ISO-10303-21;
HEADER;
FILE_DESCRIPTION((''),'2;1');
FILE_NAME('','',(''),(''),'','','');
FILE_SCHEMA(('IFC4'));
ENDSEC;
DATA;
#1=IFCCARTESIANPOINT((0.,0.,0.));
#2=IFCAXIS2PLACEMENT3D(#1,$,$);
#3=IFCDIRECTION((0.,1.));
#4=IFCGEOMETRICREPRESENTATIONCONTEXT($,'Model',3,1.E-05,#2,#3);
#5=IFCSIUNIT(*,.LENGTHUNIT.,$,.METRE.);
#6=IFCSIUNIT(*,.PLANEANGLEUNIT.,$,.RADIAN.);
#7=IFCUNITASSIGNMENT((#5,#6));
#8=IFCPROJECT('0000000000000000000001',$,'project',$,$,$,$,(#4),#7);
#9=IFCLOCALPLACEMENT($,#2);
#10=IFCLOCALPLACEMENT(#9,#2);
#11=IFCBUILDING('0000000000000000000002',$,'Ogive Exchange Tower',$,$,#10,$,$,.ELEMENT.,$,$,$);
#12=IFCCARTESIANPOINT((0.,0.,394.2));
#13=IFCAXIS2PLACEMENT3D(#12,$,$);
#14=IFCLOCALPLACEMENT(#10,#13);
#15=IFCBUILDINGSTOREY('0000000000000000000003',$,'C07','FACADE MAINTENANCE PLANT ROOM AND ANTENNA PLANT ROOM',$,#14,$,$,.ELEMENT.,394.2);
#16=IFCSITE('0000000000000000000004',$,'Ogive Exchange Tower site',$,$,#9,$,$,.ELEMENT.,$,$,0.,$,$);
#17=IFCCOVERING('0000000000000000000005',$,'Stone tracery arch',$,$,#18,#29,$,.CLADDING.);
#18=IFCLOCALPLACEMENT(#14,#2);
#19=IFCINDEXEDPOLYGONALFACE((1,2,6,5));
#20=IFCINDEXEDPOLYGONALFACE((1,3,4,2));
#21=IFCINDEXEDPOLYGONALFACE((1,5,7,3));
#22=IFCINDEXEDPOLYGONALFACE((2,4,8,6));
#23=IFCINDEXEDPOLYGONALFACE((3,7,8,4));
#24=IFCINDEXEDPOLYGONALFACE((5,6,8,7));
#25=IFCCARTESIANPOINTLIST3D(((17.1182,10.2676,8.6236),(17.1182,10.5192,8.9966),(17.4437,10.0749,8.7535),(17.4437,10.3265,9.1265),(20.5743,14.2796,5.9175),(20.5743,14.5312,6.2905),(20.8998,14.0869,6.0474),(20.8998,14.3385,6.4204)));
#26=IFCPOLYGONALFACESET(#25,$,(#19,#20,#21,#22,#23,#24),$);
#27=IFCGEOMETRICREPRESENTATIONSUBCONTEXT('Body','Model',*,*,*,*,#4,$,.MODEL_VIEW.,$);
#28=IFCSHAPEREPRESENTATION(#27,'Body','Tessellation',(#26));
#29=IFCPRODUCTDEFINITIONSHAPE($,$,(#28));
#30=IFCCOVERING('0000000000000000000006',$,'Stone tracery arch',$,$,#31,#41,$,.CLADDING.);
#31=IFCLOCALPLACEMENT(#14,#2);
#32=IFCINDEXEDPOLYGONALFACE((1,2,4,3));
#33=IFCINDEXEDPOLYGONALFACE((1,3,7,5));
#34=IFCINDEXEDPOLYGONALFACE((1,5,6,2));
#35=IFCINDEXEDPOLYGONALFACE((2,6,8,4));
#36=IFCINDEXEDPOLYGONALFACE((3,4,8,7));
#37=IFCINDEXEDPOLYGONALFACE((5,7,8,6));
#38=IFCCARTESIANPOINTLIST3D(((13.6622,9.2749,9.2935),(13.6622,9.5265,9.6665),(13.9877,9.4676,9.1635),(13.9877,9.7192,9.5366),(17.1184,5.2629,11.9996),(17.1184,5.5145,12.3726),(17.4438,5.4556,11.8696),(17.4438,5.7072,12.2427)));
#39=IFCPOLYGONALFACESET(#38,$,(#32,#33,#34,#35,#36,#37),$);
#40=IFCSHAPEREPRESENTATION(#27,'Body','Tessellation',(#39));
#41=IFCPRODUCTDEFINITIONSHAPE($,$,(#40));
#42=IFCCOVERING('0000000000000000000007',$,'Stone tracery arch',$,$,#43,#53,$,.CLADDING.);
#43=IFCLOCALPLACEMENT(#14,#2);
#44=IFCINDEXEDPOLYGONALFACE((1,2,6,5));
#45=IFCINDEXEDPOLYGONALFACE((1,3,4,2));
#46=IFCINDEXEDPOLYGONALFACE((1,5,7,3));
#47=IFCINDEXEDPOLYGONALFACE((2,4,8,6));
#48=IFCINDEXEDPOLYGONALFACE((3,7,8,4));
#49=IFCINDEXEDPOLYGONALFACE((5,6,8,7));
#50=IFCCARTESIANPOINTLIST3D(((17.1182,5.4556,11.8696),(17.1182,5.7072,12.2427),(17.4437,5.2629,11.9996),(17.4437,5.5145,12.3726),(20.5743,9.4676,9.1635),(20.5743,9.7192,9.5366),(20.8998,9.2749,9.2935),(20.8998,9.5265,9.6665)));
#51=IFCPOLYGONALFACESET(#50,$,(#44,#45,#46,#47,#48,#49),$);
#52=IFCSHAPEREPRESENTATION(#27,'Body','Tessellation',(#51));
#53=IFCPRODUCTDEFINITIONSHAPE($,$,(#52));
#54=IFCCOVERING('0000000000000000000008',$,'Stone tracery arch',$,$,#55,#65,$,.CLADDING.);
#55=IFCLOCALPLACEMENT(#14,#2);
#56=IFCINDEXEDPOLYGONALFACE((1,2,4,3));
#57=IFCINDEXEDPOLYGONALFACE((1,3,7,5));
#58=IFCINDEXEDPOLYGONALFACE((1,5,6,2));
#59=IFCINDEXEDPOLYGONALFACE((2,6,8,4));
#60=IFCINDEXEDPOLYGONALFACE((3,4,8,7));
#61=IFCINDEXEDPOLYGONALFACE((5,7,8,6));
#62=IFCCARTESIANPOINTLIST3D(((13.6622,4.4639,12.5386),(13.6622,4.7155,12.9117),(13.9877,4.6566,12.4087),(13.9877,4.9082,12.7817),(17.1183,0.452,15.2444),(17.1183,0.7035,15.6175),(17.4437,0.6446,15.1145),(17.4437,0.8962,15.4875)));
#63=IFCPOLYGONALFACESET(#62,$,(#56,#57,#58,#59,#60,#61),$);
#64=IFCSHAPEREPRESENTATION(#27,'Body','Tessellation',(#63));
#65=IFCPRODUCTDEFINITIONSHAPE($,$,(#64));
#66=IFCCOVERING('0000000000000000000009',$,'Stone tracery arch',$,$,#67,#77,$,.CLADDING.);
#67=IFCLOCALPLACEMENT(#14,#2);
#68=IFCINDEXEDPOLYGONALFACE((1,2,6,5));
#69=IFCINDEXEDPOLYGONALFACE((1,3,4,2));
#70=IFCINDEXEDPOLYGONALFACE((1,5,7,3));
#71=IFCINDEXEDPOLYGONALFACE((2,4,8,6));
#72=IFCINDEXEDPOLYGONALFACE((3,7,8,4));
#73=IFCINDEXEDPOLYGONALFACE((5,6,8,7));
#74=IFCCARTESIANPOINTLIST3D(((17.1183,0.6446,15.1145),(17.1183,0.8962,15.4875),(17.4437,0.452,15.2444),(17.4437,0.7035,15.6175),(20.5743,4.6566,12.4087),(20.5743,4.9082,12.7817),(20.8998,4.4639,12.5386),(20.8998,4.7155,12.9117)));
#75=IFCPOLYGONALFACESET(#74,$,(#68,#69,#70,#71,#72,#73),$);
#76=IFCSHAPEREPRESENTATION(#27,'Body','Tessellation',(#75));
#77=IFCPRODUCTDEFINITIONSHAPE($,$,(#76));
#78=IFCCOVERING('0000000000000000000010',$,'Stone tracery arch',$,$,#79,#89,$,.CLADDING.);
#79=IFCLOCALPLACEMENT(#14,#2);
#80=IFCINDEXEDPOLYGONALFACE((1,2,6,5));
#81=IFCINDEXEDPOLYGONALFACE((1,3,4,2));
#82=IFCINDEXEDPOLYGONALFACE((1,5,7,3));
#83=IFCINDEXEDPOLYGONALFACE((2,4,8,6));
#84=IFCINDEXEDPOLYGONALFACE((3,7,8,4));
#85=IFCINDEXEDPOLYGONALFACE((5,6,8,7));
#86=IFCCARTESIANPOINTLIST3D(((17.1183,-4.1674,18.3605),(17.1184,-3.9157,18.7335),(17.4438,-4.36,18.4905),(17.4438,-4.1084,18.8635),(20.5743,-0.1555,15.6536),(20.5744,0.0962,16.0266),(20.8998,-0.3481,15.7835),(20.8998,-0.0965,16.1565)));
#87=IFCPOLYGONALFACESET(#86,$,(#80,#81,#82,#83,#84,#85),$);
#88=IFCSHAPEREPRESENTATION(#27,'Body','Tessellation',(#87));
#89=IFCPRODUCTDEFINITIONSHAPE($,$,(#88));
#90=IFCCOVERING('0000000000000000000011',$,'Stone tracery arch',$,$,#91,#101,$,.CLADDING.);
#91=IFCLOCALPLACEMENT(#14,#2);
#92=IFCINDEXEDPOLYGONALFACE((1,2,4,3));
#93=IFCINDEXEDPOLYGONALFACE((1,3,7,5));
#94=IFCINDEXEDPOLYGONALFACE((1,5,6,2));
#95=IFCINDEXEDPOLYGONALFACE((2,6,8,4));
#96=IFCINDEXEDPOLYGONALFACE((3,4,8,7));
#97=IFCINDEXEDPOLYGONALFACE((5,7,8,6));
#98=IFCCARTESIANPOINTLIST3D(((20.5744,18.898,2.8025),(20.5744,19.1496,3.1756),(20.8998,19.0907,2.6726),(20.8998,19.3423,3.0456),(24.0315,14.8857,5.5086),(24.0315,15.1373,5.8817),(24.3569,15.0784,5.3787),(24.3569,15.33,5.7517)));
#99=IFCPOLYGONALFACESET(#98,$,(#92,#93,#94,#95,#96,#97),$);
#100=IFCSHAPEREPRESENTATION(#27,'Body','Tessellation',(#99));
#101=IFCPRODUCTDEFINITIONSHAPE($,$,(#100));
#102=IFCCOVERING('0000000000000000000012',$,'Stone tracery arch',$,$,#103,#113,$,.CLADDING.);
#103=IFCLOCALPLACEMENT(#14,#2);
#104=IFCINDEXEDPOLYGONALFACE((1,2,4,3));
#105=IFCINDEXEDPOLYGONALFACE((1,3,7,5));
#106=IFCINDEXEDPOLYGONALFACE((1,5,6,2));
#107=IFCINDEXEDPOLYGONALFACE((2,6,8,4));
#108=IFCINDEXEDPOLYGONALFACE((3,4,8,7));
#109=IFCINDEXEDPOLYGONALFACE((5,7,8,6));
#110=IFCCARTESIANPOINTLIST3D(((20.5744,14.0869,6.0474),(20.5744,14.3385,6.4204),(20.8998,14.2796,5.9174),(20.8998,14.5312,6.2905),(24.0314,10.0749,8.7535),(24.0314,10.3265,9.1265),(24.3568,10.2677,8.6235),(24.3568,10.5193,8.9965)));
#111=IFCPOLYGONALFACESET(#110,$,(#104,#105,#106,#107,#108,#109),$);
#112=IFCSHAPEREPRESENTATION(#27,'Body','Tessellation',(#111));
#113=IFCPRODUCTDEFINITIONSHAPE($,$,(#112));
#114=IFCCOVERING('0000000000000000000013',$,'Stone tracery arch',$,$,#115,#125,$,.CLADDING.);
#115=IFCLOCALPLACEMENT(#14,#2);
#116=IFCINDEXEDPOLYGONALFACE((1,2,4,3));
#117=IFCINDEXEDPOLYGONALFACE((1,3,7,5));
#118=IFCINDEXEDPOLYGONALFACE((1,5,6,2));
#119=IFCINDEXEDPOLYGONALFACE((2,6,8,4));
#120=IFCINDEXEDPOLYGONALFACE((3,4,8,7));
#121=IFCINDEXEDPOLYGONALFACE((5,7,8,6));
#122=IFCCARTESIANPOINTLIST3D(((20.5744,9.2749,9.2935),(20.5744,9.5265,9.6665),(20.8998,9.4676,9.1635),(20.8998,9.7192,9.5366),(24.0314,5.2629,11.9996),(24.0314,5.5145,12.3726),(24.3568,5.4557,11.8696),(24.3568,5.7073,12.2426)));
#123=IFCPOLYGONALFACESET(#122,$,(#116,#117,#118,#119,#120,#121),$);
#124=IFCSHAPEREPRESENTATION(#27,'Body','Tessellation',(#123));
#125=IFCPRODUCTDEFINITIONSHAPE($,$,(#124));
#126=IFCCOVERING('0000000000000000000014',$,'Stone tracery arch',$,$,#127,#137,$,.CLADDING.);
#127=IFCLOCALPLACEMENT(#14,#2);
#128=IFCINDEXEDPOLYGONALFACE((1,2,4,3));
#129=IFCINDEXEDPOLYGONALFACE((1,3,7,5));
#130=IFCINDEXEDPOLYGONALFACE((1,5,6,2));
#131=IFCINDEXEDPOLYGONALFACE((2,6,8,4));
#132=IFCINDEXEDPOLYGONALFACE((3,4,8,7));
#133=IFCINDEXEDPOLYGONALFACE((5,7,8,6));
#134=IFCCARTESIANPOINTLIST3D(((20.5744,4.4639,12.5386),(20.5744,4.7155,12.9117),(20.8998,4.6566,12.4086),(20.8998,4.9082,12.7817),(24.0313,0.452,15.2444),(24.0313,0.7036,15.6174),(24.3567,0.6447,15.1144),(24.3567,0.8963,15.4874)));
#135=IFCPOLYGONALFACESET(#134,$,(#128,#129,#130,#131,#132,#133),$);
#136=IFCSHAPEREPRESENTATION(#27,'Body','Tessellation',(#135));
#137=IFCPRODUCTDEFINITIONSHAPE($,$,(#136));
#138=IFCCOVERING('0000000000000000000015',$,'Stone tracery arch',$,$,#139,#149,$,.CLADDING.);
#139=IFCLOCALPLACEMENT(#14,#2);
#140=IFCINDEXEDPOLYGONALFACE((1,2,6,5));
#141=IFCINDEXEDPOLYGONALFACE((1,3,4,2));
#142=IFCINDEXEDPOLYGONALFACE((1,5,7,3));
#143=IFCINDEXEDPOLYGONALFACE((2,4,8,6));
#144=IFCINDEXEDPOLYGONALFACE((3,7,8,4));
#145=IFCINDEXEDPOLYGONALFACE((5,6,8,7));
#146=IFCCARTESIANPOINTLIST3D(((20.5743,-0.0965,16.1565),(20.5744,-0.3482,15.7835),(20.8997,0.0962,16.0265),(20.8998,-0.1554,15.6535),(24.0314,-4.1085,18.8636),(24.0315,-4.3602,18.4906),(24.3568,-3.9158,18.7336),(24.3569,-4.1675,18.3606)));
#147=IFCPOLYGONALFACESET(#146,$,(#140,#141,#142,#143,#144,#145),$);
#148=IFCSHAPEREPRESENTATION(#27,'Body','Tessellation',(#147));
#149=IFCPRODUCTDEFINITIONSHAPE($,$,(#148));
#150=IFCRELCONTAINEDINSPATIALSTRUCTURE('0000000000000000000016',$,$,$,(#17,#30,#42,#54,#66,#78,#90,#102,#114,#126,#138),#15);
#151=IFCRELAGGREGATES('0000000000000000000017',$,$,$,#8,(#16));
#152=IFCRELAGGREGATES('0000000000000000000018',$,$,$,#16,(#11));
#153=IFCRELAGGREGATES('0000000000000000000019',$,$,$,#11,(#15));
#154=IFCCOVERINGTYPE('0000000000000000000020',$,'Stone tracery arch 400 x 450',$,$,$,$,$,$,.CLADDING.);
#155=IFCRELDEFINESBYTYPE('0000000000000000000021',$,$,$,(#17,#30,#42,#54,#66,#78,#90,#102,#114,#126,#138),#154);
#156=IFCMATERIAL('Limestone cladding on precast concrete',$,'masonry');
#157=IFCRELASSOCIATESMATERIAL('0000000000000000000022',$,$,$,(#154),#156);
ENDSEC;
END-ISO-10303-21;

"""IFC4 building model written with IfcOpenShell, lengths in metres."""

from ifc_helpers import new_model, si_unit, direction, frame, origin, origin_2d, place, context, subcontext, project, spatial, rectangle, extrude, material, material_profile, profile_set, type_object, element, save


model = new_model("IFC4")

# Units and contexts
model_context = context("Model", 3, precision=1e-05, world=origin(), true_north=direction((0.0, 1.0)))
body_context = subcontext(model_context, "Body", "Model", "MODEL_VIEW")
ifc_project = project(units=[si_unit("LENGTHUNIT", "METRE"), si_unit("PLANEANGLEUNIT", "RADIAN")], contexts=[model_context])

# Site, building, storey
site_placement = place(None, origin())
site = spatial("IfcSite", under=ifc_project, at=site_placement, Name="Ogive Exchange Tower site", CompositionType="ELEMENT", RefElevation=0.0)
building_placement = place(site_placement, origin())
building = spatial("IfcBuilding", under=site, at=building_placement, Name="Ogive Exchange Tower", CompositionType="ELEMENT")
storey_placement = place(building_placement, frame((0.0, 0.0, 394.2)))
storey = spatial("IfcBuildingStorey", under=building, at=storey_placement, Name="C07", Description="FACADE MAINTENANCE PLANT ROOM AND ANTENNA PLANT ROOM", CompositionType="ELEMENT", Elevation=394.2)

# Coverings
ifc_material_1 = material(Name="Limestone cladding on precast concrete", Category="masonry")
ifc_material_profile_1 = material_profile(ifc_material_1, rectangle(XDim=0.3999, YDim=0.45, at=origin_2d()), Name="TRACERY 400 x 450")
ifc_profile_set_1 = profile_set([ifc_material_profile_1], Name="Limestone cladding on precast concrete")
covering_type = type_object("IfcCoveringType", Name="Stone tracery arch 400 x 450", PredefinedType="CLADDING", material=ifc_profile_set_1)
for number, where, z_axis, x_axis, name in (
    (1, (20.7371, 14.3091, 6.1689), (-0.581175, -0.674657, 0.455054), (0.813779, -0.48182, 0.324982), "Stone tracery arch"),
    (2, (13.825, 9.4971, 9.415), (0.581175, -0.674657, 0.455054), (0.813779, 0.48182, -0.324982), "Stone tracery arch"),
    (3, (20.7371, 9.4971, 9.415), (-0.581175, -0.674657, 0.455054), (0.813779, -0.48182, 0.324982), "Stone tracery arch"),
):
    element("IfcCovering", number, at=place(storey_placement, frame(where, z_axis=z_axis, x_axis=x_axis)), inside=storey, type_object=covering_type, Name=name, PredefinedType="CLADDING", context=body_context, shape_type="SweptSolid", body=[
        extrude(rectangle(XDim=0.3999, YDim=0.45, at=origin_2d()), origin(), (0.0, 0.0, 1.0), 5.9468),
    ])
for number, where, z_axis, x_axis, name in (
    (4, (13.825, 4.686, 12.6602), (0.581186, -0.67467, 0.455021), (0.813771, 0.481829, -0.324988), "Stone tracery arch"),
    (5, (20.7371, 4.686, 12.6602), (-0.581186, -0.67467, 0.455021), (0.813771, -0.481829, 0.324988), "Stone tracery arch"),
):
    element("IfcCovering", number, at=place(storey_placement, frame(where, z_axis=z_axis, x_axis=x_axis)), inside=storey, type_object=covering_type, Name=name, PredefinedType="CLADDING", context=body_context, shape_type="SweptSolid", body=[
        extrude(rectangle(XDim=0.3999, YDim=0.45, at=origin_2d()), origin(), (0.0, 0.0, 1.0), 5.9465),
    ])
covering_1_placement = place(storey_placement, frame((20.7371, -0.126, 15.905), z_axis=(-0.581131, -0.674607, 0.455184), x_axis=(0.81381, -0.481784, 0.324958)))
element("IfcCovering", 6, at=covering_1_placement, inside=storey, type_object=covering_type, Name="Stone tracery arch", PredefinedType="CLADDING", context=body_context, shape_type="SweptSolid", body=[
    extrude(rectangle(XDim=0.3999, YDim=0.45, at=origin_2d()), origin(), (0.0, 0.0, 1.0), 5.947),
])
covering_2_placement = place(storey_placement, frame((20.7371, 19.1201, 2.9241), z_axis=(0.581267, -0.674615, 0.454998), x_axis=(0.813713, 0.481905, -0.325021)))
element("IfcCovering", 7, at=covering_2_placement, inside=storey, type_object=covering_type, Name="Stone tracery arch", PredefinedType="CLADDING", context=body_context, shape_type="SweptSolid", body=[
    extrude(rectangle(XDim=0.3999, YDim=0.45, at=origin_2d()), origin(), (0.0, 0.0, 1.0), 5.9475),
])
for number, where, z_axis, x_axis, name in (
    (8, (20.7371, 14.3091, 6.1689), (0.581283, -0.674593, 0.45501), (0.813701, 0.481926, -0.325019), "Stone tracery arch"),
    (9, (20.7371, 9.4971, 9.415), (0.581283, -0.674593, 0.45501), (0.813701, 0.481926, -0.325019), "Stone tracery arch"),
):
    element("IfcCovering", number, at=place(storey_placement, frame(where, z_axis=z_axis, x_axis=x_axis)), inside=storey, type_object=covering_type, Name=name, PredefinedType="CLADDING", context=body_context, shape_type="SweptSolid", body=[
        extrude(rectangle(XDim=0.3999, YDim=0.45, at=origin_2d()), origin(), (0.0, 0.0, 1.0), 5.9473),
    ])
covering_3_placement = place(storey_placement, frame((20.7371, 4.686, 12.6602), z_axis=(0.581294, -0.674605, 0.454978), x_axis=(0.813693, 0.481935, -0.325025)))
element("IfcCovering", 10, at=covering_3_placement, inside=storey, type_object=covering_type, Name="Stone tracery arch", PredefinedType="CLADDING", context=body_context, shape_type="SweptSolid", body=[
    extrude(rectangle(XDim=0.3999, YDim=0.45, at=origin_2d()), origin(), (0.0, 0.0, 1.0), 5.947),
])
covering_4_placement = place(storey_placement, frame((20.7371, -0.126, 15.905), z_axis=(0.58124, -0.674542, 0.45514), x_axis=(0.813732, 0.48189, -0.324995)))
element("IfcCovering", 11, at=covering_4_placement, inside=storey, type_object=covering_type, Name="Stone tracery arch", PredefinedType="CLADDING", context=body_context, shape_type="SweptSolid", body=[
    extrude(rectangle(XDim=0.3999, YDim=0.45, at=origin_2d()), origin(), (0.0, 0.0, 1.0), 5.9478),
])

save(model, "model.ifc")
